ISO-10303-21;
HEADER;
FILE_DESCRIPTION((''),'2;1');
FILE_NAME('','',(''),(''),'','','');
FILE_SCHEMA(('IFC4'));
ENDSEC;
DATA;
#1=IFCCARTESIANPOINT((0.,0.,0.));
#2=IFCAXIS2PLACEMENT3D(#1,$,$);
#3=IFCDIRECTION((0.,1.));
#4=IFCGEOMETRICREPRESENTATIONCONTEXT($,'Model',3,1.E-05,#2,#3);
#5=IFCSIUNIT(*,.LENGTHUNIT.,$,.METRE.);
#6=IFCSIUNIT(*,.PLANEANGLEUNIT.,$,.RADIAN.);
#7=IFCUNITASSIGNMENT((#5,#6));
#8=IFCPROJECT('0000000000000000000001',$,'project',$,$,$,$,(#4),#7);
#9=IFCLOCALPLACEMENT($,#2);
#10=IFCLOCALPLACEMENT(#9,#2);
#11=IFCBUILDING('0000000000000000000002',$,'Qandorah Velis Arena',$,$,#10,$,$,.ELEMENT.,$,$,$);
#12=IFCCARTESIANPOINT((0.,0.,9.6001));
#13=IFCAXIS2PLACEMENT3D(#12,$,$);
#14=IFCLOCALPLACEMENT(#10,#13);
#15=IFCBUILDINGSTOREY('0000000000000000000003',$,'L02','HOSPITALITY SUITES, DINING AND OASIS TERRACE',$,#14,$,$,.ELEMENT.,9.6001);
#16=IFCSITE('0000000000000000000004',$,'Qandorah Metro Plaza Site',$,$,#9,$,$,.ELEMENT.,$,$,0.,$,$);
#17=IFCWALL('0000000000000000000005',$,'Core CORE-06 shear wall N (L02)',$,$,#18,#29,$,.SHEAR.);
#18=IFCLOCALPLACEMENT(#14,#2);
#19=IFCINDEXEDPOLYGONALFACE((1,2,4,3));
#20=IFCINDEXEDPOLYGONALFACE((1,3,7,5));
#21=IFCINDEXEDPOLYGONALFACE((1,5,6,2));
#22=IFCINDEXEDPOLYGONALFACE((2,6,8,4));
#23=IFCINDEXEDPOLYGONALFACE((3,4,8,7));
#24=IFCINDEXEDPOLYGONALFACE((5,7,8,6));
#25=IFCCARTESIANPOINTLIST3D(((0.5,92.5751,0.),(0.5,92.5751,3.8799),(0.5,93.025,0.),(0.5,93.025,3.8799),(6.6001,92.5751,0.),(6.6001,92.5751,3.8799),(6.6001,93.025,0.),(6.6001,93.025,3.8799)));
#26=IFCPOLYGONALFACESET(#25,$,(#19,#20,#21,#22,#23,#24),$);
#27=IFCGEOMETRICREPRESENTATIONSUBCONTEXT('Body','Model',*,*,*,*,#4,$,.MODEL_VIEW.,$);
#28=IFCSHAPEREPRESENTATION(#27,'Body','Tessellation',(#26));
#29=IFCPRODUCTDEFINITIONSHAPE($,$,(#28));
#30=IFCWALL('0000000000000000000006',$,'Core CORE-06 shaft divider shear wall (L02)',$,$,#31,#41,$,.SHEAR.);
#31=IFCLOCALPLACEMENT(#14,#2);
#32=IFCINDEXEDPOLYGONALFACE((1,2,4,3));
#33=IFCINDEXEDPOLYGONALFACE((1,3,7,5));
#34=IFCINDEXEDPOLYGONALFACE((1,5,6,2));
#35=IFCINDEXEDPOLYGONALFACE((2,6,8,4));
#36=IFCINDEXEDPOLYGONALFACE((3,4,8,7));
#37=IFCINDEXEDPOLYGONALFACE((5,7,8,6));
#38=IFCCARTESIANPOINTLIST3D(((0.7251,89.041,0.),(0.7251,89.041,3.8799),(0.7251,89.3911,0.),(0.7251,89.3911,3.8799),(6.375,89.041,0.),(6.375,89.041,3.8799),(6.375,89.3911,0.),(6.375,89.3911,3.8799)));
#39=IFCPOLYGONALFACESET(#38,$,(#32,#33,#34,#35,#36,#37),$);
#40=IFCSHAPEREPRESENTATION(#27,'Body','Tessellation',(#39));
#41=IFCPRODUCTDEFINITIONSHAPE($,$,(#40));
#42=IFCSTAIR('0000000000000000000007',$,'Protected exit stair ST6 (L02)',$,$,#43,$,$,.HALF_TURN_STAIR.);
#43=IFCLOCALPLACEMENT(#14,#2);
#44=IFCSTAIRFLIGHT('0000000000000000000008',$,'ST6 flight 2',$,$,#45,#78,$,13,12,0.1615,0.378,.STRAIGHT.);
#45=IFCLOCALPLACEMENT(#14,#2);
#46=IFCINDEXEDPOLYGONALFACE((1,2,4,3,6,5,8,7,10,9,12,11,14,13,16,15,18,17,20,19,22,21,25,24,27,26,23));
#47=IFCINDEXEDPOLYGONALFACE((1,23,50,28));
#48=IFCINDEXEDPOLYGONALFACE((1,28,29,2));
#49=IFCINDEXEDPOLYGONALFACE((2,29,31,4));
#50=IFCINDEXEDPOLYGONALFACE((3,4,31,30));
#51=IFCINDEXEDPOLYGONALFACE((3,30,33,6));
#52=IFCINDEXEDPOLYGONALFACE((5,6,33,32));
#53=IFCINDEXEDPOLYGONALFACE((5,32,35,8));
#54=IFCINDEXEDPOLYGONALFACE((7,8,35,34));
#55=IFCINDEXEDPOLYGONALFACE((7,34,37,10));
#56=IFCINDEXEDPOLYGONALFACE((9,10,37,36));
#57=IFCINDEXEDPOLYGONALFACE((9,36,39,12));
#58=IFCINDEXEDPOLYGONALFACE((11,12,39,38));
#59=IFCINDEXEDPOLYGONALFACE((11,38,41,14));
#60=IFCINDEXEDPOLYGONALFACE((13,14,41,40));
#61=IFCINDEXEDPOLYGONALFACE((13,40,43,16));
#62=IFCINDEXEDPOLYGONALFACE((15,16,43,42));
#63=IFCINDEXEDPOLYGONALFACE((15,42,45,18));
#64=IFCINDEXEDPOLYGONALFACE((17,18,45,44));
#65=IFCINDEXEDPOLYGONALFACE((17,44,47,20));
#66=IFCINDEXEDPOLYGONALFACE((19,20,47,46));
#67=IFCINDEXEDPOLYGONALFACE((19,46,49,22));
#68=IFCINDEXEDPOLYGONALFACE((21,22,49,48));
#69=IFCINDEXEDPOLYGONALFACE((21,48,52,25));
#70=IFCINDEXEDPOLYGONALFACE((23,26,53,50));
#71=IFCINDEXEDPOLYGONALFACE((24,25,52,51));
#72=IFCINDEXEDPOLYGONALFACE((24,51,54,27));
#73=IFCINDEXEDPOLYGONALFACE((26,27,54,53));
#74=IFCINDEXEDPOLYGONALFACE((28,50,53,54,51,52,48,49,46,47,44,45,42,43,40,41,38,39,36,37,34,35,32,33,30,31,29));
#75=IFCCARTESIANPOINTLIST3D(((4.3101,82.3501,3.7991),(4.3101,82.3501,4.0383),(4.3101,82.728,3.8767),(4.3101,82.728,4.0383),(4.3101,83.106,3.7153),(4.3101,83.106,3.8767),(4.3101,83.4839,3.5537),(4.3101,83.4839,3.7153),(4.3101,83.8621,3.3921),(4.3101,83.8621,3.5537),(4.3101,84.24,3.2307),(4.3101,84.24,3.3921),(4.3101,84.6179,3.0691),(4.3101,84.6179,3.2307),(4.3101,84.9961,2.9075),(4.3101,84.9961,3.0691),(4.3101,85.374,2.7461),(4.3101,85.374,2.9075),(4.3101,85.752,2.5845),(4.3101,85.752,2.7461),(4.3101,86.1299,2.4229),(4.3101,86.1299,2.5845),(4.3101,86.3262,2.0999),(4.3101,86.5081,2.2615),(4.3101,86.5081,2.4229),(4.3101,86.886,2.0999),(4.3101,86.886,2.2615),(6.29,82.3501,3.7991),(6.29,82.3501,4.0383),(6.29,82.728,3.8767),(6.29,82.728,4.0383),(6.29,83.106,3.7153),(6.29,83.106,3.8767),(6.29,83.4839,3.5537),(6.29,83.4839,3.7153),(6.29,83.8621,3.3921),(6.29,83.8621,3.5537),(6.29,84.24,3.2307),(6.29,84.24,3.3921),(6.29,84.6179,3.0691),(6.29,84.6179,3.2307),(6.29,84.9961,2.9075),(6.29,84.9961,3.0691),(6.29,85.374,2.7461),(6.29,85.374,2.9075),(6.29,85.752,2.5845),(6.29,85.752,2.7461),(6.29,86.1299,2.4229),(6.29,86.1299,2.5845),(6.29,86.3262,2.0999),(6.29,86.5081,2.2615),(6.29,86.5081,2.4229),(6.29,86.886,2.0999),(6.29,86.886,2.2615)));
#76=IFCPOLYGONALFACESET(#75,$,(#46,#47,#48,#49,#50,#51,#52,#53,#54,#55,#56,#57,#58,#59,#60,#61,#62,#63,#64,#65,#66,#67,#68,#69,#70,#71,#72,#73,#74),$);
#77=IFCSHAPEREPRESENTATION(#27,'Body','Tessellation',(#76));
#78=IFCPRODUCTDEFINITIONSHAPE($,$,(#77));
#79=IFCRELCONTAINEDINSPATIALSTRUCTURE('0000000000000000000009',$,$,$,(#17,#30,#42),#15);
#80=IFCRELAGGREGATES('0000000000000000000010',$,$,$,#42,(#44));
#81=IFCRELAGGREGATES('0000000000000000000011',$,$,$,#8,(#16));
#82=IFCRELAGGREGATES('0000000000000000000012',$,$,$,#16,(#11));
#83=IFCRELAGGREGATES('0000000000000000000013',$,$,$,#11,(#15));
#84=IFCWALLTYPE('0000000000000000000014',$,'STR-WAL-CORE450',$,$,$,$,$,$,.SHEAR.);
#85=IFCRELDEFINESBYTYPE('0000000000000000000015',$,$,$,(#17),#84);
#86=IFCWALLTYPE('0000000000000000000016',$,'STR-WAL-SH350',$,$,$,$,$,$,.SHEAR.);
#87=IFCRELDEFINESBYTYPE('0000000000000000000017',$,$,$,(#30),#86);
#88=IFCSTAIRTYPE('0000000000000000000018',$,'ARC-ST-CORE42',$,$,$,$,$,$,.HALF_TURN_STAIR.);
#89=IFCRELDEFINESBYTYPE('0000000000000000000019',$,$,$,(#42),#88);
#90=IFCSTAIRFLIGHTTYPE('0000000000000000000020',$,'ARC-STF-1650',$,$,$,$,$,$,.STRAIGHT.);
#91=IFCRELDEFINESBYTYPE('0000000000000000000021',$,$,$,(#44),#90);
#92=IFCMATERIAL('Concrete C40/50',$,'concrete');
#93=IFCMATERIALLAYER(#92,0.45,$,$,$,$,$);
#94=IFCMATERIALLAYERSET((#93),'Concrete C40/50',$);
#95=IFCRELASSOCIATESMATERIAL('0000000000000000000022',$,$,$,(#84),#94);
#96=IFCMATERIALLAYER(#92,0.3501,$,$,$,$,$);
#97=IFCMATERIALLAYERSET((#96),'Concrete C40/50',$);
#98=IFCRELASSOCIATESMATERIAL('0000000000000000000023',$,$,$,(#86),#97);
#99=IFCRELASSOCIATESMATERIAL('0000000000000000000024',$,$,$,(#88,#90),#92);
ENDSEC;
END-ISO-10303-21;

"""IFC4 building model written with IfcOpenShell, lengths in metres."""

from ifc_helpers import new_model, si_unit, direction, frame, frame_2d, origin, place, context, subcontext, project, spatial, polyline, rectangle, outline, extrude, material, layer, layer_set, type_object, element, aggregate, save


model = new_model("IFC4")

# Units and contexts
model_context = context("Model", 3, precision=1e-05, world=origin(), true_north=direction((0.0, 1.0)))
body_context = subcontext(model_context, "Body", "Model", "MODEL_VIEW")
ifc_project = project(units=[si_unit("LENGTHUNIT", "METRE"), si_unit("PLANEANGLEUNIT", "RADIAN")], contexts=[model_context])

# Site, building, storey
site_placement = place(None, origin())
site = spatial("IfcSite", under=ifc_project, at=site_placement, Name="Qandorah Metro Plaza Site", CompositionType="ELEMENT", RefElevation=0.0)
building_placement = place(site_placement, origin())
building = spatial("IfcBuilding", under=site, at=building_placement, Name="Qandorah Velis Arena", CompositionType="ELEMENT")
storey_placement = place(building_placement, frame((0.0, 0.0, 9.6001)))
storey = spatial("IfcBuildingStorey", under=building, at=storey_placement, Name="L02", Description="HOSPITALITY SUITES, DINING AND OASIS TERRACE", CompositionType="ELEMENT", Elevation=9.6001)

# Shared definitions
ifc_material_1 = material(Name="Concrete C40/50", Category="concrete")

# Walls
ifc_layer_1 = layer(ifc_material_1, 0.45)
ifc_layer_set_1 = layer_set([ifc_layer_1], Name="Concrete C40/50")
wall_type_1 = type_object("IfcWallType", Name="STR-WAL-CORE450", PredefinedType="SHEAR", material=ifc_layer_set_1)
wall_1_placement = place(storey_placement, frame((0.5, 92.8, 0.0), z_axis=(0.0, 0.0, 1.0), x_axis=(1.0, 0.0, 0.0)))
element("IfcWall", 1, at=wall_1_placement, inside=storey, type_object=wall_type_1, Name="Core CORE-06 shear wall N (L02)", PredefinedType="SHEAR", context=body_context, shape_type="SweptSolid", body=[
    extrude(rectangle(XDim=6.1001, YDim=0.45, at=frame_2d((3.05, 0.0))), origin(), (0.0, 0.0, 1.0), 3.8799),
])
ifc_layer_2 = layer(ifc_material_1, 0.3501)
ifc_layer_set_2 = layer_set([ifc_layer_2], Name="Concrete C40/50")
wall_type_2 = type_object("IfcWallType", Name="STR-WAL-SH350", PredefinedType="SHEAR", material=ifc_layer_set_2)
wall_2_placement = place(storey_placement, frame((0.7251, 89.2161, 0.0), z_axis=(0.0, 0.0, 1.0), x_axis=(1.0, 0.0, 0.0)))
element("IfcWall", 2, at=wall_2_placement, inside=storey, type_object=wall_type_2, Name="Core CORE-06 shaft divider shear wall (L02)", PredefinedType="SHEAR", context=body_context, shape_type="SweptSolid", body=[
    extrude(rectangle(XDim=5.6499, YDim=0.3501, at=frame_2d((2.825, 0.0))), origin(), (0.0, 0.0, 1.0), 3.8799),
])

# Stair, stair flight
stair_type = type_object("IfcStairType", Name="ARC-ST-CORE42", PredefinedType="HALF_TURN_STAIR", material=ifc_material_1)
stair_placement = place(storey_placement, origin())
stair = element("IfcStair", 3, at=stair_placement, inside=storey, type_object=stair_type, Name="Protected exit stair ST6 (L02)", PredefinedType="HALF_TURN_STAIR")
stair_flight_type = type_object("IfcStairFlightType", Name="ARC-STF-1650", PredefinedType="STRAIGHT", material=ifc_material_1)
stair_flight_placement = place(storey_placement, frame((5.3, 86.886, 2.0999), z_axis=(0.0, 0.0, 1.0), x_axis=(0.0, -1.0, 0.0)))
stair_flight = element("IfcStairFlight", 4, at=stair_flight_placement, type_object=stair_flight_type, Name="ST6 flight 2", NumberOfRisers=13, NumberOfTreads=12, PredefinedType="STRAIGHT", RiserHeight=0.1615, TreadLength=0.378, context=body_context, shape_type="SweptSolid", body=[
    extrude(outline(polyline([(0.0, 0.0), (0.0, 0.1616), (0.3779, 0.1616), (0.3779, 0.323), (0.7561, 0.323), (0.7561, 0.4846), (1.134, 0.4846), (1.134, 0.6462), (1.512, 0.6462), (1.512, 0.8076), (1.8899, 0.8076), (1.8899, 0.9692), (2.2681, 0.9692), (2.2681, 1.1309), (2.646, 1.1309), (2.646, 1.2922), (3.0239, 1.2922), (3.0239, 1.4539), (3.4021, 1.4539), (3.4021, 1.6155), (3.78, 1.6155), (3.78, 1.7769), (4.158, 1.7769), (4.158, 1.9385), (4.5359, 1.9385), (4.5359, 2.1001), (4.5359, 1.6992), (0.5598, 0.0), (0.0, 0.0)])), frame((0.0, 0.99, 0.0), z_axis=(0.0, -1.0, 0.0), x_axis=(1.0, 0.0, 0.0)), (0.0, 0.0, 1.0), 1.98),
])
aggregate(stair, [stair_flight])

save(model, "model.ifc")
